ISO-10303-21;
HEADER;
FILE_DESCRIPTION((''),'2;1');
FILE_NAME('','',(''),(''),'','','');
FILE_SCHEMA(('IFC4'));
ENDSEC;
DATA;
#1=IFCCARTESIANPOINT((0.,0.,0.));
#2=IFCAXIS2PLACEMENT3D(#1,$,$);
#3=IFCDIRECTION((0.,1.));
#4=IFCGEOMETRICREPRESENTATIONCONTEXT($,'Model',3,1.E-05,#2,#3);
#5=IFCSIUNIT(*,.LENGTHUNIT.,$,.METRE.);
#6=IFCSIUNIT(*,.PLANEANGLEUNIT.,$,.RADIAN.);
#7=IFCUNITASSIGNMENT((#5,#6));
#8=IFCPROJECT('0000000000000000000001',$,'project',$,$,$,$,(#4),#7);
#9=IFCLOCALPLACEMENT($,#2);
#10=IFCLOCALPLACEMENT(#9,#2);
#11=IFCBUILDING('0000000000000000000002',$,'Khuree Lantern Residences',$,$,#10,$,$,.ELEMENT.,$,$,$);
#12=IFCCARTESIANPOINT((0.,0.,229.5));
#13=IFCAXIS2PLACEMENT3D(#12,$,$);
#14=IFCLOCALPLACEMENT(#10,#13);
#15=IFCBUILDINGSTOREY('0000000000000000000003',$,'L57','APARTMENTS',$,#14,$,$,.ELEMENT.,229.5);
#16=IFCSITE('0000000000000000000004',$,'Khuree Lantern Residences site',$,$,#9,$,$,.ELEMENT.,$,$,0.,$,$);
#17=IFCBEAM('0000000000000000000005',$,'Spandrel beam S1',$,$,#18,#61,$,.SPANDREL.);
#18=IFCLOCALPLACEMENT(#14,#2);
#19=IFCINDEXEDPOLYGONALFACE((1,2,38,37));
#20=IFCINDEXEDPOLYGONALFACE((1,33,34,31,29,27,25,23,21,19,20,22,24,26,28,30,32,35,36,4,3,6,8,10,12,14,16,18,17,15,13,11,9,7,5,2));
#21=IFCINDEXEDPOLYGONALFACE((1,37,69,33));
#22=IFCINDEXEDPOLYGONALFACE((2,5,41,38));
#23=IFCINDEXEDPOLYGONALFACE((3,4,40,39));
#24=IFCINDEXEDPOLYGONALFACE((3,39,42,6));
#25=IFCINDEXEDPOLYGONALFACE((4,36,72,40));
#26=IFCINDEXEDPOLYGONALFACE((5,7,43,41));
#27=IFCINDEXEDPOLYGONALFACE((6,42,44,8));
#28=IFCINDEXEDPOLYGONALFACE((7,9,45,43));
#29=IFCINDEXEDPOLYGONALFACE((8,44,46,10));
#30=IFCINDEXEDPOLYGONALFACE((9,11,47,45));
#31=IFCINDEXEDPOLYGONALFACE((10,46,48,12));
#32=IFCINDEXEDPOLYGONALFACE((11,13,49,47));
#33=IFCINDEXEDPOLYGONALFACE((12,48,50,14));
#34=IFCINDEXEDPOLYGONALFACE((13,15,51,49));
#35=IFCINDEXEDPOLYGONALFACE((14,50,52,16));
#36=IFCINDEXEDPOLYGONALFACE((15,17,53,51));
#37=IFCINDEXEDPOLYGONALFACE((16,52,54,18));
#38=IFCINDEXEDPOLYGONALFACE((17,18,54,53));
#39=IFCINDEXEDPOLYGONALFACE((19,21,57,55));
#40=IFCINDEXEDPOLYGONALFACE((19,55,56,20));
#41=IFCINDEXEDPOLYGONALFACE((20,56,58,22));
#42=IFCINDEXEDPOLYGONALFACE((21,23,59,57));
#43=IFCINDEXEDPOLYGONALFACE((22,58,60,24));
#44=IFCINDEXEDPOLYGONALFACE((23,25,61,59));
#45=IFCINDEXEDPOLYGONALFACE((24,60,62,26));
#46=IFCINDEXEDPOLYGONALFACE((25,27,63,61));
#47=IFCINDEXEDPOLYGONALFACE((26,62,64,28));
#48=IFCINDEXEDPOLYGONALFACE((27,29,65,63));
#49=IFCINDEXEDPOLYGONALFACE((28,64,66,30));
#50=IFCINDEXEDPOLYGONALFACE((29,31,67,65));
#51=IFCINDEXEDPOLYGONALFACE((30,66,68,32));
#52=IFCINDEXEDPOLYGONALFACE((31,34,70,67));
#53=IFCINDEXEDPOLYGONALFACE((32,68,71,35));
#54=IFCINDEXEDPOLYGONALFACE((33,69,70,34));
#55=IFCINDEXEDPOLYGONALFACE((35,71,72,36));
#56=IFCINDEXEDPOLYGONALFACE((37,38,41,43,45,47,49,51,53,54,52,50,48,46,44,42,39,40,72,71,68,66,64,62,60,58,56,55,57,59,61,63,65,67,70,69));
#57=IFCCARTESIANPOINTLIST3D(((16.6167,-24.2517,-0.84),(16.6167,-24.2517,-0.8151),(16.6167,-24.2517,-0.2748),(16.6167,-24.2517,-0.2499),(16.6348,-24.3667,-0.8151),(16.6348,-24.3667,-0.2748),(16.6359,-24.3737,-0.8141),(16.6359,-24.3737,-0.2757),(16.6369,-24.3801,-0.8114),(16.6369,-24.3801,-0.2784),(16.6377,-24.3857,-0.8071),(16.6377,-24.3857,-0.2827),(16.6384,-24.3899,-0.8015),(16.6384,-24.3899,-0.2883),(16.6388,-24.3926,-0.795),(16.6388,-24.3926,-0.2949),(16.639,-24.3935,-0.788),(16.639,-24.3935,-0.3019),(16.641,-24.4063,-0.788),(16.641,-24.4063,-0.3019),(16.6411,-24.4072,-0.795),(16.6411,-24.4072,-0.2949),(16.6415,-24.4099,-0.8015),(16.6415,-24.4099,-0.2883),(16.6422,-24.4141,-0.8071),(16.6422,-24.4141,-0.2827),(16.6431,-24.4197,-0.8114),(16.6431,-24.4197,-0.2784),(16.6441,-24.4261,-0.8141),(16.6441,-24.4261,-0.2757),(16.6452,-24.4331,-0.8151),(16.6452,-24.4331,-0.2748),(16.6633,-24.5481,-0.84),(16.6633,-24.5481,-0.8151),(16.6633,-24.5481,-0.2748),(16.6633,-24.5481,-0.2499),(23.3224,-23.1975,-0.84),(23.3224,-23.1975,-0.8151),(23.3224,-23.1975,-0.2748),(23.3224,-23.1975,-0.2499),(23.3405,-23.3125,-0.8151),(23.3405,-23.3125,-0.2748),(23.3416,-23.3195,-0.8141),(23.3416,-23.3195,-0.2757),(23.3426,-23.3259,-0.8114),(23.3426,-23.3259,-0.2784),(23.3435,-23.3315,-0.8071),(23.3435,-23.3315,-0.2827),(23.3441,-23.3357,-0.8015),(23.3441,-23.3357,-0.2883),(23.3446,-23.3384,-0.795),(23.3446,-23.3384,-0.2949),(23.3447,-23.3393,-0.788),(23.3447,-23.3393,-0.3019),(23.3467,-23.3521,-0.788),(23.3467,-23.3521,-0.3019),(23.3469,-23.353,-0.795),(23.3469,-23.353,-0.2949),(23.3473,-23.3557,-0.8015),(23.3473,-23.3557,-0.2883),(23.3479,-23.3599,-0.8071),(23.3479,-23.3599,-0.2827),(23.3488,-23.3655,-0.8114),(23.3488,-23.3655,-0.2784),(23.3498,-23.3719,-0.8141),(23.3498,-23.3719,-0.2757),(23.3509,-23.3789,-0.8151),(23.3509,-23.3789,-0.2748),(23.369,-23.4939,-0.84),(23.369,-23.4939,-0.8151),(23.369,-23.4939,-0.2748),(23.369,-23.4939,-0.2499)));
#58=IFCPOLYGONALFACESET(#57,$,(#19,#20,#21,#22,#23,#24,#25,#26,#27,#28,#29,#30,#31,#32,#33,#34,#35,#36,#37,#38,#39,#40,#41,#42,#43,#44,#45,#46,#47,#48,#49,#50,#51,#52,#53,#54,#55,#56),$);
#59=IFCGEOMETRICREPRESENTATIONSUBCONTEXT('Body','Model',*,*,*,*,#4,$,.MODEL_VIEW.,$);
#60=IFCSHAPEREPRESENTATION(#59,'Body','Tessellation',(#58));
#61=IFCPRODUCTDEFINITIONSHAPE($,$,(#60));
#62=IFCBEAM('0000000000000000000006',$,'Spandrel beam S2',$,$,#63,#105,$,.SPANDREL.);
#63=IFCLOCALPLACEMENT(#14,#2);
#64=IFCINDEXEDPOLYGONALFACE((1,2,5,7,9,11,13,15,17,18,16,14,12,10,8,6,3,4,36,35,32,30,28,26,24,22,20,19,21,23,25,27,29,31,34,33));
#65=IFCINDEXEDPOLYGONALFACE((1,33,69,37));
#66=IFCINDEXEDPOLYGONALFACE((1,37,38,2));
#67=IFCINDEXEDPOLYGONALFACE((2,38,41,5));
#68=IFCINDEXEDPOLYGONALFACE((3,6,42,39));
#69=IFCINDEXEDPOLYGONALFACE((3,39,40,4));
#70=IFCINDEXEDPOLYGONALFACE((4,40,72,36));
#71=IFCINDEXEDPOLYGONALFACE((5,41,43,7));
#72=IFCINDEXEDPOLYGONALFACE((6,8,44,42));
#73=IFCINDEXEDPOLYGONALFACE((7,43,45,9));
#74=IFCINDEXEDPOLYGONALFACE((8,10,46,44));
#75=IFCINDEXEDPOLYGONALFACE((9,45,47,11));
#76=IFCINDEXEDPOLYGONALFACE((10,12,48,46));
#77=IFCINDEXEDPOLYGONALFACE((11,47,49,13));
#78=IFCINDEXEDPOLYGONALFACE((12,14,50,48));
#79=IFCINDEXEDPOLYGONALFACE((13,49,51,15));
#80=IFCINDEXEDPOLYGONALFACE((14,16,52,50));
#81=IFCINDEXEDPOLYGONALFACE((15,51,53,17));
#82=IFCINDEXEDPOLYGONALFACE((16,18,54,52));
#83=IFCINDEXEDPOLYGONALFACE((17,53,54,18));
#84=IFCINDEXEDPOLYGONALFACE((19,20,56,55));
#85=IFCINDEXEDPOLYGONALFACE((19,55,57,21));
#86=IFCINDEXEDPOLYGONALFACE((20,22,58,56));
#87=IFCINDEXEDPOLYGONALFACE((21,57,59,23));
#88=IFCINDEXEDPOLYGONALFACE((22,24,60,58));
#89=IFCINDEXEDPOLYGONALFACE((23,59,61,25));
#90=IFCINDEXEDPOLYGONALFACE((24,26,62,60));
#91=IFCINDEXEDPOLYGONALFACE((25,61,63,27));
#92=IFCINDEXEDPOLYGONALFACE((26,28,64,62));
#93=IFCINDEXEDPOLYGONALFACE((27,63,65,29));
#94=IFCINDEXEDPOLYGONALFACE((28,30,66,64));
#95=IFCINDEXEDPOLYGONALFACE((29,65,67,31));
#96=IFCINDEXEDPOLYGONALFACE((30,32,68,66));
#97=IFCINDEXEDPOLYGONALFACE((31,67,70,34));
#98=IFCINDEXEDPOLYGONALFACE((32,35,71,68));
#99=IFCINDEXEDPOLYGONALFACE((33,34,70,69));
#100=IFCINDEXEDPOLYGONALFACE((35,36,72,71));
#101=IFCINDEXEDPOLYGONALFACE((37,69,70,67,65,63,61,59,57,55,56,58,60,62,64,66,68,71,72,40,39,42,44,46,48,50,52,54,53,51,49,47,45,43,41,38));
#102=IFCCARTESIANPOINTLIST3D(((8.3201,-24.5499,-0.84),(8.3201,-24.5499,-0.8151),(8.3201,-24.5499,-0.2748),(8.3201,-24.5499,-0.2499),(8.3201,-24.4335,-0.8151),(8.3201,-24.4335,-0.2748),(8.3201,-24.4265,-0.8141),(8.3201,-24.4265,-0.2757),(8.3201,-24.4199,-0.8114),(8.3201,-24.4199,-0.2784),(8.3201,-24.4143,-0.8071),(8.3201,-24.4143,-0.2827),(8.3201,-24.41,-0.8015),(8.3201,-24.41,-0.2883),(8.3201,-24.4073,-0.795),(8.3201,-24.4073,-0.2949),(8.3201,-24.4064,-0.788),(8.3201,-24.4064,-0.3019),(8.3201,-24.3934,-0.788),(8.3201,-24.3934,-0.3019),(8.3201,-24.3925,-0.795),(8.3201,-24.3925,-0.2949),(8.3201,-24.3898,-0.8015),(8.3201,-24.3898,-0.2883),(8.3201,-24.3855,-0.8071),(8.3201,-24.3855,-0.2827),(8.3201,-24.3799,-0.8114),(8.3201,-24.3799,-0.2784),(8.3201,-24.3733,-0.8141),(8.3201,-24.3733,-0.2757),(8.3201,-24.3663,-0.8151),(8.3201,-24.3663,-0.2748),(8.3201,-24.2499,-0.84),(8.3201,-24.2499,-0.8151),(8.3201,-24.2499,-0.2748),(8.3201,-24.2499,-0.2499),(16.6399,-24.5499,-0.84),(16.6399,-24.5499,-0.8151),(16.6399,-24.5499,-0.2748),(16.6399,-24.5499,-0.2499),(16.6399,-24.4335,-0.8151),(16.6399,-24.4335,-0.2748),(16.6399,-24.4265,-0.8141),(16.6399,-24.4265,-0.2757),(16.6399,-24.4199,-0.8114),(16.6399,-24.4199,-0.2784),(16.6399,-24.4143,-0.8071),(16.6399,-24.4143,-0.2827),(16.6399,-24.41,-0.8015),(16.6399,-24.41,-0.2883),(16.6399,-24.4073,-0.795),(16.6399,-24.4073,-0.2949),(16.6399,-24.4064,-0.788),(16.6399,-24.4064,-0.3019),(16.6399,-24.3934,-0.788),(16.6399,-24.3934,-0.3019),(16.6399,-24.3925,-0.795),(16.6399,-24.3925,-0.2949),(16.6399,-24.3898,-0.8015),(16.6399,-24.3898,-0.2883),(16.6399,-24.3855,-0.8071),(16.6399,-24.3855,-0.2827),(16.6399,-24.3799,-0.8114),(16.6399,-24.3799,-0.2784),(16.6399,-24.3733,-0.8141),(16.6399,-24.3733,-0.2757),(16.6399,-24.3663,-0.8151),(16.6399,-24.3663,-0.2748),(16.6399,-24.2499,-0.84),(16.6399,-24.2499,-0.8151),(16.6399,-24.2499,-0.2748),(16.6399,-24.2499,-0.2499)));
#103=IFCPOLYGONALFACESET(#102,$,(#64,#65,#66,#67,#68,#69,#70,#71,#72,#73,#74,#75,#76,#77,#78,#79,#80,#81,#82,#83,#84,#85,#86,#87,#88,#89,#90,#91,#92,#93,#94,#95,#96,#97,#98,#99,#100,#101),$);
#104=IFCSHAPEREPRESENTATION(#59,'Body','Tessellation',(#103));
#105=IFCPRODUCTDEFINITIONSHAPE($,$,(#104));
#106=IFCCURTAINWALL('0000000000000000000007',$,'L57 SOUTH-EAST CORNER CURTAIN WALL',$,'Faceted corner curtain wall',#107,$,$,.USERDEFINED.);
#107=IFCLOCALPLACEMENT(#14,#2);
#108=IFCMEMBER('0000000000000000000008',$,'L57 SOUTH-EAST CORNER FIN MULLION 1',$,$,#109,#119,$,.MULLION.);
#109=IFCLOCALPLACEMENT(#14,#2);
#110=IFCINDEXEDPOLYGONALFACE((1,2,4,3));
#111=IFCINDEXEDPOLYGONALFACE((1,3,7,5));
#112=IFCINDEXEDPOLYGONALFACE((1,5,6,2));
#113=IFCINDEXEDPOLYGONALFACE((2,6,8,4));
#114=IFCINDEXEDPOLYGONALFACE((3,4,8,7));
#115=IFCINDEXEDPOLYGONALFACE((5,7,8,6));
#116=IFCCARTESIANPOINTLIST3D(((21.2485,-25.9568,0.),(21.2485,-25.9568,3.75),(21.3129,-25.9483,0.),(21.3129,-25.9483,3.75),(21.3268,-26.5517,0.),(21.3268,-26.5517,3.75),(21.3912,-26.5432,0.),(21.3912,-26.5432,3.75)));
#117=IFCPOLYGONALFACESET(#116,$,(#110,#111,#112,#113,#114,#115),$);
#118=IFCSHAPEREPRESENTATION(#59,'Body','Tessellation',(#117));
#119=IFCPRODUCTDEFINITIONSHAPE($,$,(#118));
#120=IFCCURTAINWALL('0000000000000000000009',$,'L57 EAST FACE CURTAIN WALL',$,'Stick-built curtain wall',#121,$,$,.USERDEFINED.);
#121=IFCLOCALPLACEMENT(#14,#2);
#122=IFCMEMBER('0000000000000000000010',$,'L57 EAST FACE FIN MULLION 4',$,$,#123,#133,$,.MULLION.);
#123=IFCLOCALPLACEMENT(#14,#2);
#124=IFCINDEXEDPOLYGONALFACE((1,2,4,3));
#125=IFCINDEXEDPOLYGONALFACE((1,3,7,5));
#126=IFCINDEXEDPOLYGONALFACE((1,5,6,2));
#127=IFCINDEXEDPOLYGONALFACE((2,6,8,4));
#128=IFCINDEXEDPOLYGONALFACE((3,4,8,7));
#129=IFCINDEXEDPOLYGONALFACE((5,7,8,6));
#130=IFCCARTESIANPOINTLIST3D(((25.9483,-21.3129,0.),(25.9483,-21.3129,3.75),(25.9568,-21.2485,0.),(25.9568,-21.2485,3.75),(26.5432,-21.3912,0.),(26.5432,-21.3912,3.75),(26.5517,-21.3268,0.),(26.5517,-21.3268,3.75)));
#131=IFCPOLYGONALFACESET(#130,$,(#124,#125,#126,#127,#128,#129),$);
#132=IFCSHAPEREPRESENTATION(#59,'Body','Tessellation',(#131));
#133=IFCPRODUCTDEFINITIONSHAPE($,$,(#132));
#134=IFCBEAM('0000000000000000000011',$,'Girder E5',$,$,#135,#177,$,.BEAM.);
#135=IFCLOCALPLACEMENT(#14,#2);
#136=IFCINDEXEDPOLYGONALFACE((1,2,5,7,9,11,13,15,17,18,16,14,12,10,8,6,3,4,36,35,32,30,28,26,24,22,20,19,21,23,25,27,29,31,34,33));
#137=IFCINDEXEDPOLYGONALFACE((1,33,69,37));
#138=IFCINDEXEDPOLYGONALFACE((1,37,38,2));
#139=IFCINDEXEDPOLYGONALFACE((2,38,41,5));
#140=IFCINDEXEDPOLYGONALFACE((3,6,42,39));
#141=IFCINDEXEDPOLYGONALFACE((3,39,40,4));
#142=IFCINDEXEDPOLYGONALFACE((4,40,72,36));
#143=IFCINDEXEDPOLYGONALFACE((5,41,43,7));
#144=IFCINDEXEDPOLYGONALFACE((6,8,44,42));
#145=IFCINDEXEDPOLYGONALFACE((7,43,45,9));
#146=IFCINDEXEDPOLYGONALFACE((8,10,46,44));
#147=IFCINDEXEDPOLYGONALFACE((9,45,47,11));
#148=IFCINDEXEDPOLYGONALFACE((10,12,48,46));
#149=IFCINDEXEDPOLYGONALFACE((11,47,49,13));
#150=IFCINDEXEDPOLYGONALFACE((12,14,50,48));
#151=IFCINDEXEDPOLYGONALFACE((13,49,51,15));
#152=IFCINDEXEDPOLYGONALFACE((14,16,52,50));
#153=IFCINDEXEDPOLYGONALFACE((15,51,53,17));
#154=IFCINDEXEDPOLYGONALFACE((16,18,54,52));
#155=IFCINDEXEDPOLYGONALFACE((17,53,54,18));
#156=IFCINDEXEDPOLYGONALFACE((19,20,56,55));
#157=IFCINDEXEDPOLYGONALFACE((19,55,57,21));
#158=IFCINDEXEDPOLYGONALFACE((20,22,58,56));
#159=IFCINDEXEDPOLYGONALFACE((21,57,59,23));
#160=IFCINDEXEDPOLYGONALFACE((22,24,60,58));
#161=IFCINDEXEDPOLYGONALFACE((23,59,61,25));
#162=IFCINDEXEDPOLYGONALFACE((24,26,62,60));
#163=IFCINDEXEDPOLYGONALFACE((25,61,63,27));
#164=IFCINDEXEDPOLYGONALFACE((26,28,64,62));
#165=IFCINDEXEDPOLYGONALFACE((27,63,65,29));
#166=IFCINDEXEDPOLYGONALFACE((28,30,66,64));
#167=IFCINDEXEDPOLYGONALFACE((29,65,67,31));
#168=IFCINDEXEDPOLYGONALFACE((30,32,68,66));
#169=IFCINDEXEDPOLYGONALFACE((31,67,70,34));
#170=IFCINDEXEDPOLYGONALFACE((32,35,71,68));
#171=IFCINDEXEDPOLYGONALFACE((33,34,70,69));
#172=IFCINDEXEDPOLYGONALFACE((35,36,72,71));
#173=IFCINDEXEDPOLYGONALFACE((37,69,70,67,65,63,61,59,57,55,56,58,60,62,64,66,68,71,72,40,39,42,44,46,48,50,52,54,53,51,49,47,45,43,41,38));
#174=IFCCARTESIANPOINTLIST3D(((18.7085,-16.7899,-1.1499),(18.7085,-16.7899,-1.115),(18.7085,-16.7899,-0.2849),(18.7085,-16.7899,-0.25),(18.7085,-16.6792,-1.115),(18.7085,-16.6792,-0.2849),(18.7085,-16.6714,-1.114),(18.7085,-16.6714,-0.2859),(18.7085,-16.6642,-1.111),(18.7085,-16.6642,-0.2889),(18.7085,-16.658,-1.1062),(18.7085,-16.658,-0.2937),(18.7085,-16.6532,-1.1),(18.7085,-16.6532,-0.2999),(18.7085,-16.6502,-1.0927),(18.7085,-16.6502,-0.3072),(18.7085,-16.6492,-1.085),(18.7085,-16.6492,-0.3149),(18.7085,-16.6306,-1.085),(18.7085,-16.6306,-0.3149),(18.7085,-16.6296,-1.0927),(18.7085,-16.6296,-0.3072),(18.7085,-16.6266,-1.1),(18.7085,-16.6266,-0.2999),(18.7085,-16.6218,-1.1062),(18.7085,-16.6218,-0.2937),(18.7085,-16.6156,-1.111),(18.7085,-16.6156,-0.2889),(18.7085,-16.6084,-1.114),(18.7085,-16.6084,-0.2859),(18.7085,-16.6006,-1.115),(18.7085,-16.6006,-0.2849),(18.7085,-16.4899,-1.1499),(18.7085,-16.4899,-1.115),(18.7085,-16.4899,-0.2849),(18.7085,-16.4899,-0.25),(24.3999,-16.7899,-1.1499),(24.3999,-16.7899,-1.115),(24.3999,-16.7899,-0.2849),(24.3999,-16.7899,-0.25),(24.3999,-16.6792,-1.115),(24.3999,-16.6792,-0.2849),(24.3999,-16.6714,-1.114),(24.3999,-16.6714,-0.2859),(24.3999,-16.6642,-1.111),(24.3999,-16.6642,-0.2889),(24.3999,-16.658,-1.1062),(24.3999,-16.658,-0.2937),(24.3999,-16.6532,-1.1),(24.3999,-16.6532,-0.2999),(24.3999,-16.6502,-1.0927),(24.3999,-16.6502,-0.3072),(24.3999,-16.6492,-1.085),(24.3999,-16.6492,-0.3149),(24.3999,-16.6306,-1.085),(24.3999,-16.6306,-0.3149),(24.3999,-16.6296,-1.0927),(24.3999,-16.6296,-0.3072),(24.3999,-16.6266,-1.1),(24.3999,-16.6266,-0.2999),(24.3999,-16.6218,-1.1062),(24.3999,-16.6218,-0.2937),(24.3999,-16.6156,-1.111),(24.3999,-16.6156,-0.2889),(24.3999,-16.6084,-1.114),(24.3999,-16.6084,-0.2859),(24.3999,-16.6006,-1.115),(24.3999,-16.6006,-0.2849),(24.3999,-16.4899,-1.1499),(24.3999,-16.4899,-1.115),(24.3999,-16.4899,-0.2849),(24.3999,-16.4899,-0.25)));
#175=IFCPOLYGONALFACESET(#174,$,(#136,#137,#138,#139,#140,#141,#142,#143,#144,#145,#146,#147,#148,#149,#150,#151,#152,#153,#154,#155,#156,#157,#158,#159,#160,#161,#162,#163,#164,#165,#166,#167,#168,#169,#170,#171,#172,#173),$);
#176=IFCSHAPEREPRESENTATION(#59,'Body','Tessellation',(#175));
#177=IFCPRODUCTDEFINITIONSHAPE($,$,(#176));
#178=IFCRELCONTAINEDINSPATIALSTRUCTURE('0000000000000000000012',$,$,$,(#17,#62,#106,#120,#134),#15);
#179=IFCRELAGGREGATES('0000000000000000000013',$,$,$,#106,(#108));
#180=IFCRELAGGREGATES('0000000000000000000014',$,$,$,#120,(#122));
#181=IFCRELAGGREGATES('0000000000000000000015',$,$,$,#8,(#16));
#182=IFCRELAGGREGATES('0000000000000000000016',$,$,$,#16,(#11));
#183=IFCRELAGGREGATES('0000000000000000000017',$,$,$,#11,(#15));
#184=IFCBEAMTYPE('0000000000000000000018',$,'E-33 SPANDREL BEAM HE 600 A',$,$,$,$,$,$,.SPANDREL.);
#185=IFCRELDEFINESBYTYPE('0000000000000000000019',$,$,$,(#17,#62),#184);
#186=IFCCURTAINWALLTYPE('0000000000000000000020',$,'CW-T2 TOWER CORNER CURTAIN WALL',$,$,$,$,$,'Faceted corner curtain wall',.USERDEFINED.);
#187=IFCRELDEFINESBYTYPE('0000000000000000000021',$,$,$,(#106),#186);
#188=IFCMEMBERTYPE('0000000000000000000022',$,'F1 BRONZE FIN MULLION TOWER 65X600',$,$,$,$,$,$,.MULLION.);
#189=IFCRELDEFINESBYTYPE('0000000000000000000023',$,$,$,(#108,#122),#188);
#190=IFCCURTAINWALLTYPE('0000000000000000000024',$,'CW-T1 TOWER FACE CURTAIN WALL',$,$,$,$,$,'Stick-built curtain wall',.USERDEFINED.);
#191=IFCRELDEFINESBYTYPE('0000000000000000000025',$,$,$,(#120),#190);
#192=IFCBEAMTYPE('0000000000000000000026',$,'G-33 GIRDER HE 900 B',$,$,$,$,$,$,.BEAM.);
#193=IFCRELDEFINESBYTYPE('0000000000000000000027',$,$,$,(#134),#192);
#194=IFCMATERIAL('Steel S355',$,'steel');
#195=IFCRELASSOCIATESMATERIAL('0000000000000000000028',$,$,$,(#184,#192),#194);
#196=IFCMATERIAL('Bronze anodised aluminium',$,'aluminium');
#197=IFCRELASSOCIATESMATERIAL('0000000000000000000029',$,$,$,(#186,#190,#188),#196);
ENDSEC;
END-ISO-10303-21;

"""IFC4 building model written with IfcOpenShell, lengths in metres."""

from ifc_helpers import new_model, si_unit, direction, frame, origin, origin_2d, place, context, subcontext, project, spatial, rectangle, i_section, extrude, material, material_profile, profile_set, type_object, element, aggregate, save


model = new_model("IFC4")

# Units and contexts
model_context = context("Model", 3, precision=1e-05, world=origin(), true_north=direction((0.0, 1.0)))
body_context = subcontext(model_context, "Body", "Model", "MODEL_VIEW")
ifc_project = project(units=[si_unit("LENGTHUNIT", "METRE"), si_unit("PLANEANGLEUNIT", "RADIAN")], contexts=[model_context])

# Site, building, storey
site_placement = place(None, origin())
site = spatial("IfcSite", under=ifc_project, at=site_placement, Name="Khuree Lantern Residences site", CompositionType="ELEMENT", RefElevation=0.0)
building_placement = place(site_placement, origin())
building = spatial("IfcBuilding", under=site, at=building_placement, Name="Khuree Lantern Residences", CompositionType="ELEMENT")
storey_placement = place(building_placement, frame((0.0, 0.0, 229.5)))
storey = spatial("IfcBuildingStorey", under=building, at=storey_placement, Name="L57", Description="APARTMENTS", CompositionType="ELEMENT", Elevation=229.5)

# Beams
ifc_material_1 = material(Name="Steel S355", Category="steel")
ifc_material_profile_1 = material_profile(ifc_material_1, i_section(OverallWidth=0.3, OverallDepth=0.5901, WebThickness=0.0129, FlangeThickness=0.0249, FilletRadius=0.0271, at=origin_2d()), Name="HE 600 A")
ifc_profile_set_1 = profile_set([ifc_material_profile_1], Name="Steel S355")
beam_type_1 = type_object("IfcBeamType", Name="E-33 SPANDREL BEAM HE 600 A", PredefinedType="SPANDREL", material=ifc_profile_set_1)
for number, where, z_axis, x_axis, name in (
    (1, (23.3457, -23.3457, -0.5449), (-0.987867, -0.1553, 0.0), (0.1553, -0.987867, 0.0), "Spandrel beam S1"),
):
    element("IfcBeam", number, at=place(storey_placement, frame(where, z_axis=z_axis, x_axis=x_axis)), inside=storey, type_object=beam_type_1, Name=name, PredefinedType="SPANDREL", context=body_context, shape_type="SweptSolid", body=[
        extrude(i_section(OverallWidth=0.3, OverallDepth=0.5901, WebThickness=0.0129, FlangeThickness=0.0249, FilletRadius=0.0271, at=origin_2d()), origin(), (0.0, 0.0, 1.0), 6.7881),
    ])
beam_1_placement = place(storey_placement, frame((16.6399, -24.3999, -0.5449), z_axis=(-1.0, 0.0, 0.0), x_axis=(0.0, -1.0, 0.0)))
element("IfcBeam", 2, at=beam_1_placement, inside=storey, type_object=beam_type_1, Name="Spandrel beam S2", PredefinedType="SPANDREL", context=body_context, shape_type="SweptSolid", body=[
    extrude(i_section(OverallWidth=0.3, OverallDepth=0.5901, WebThickness=0.0129, FlangeThickness=0.0249, FilletRadius=0.0271, at=origin_2d()), origin(), (0.0, 0.0, 1.0), 8.3198),
])

# Curtain walls, members
ifc_material_2 = material(Name="Bronze anodised aluminium", Category="aluminium")
curtain_wall_type_1 = type_object("IfcCurtainWallType", Name="CW-T2 TOWER CORNER CURTAIN WALL", ElementType="Faceted corner curtain wall", PredefinedType="USERDEFINED", material=ifc_material_2)
curtain_wall_1_placement = place(storey_placement, origin())
curtain_wall_1 = element("IfcCurtainWall", 3, at=curtain_wall_1_placement, inside=storey, type_object=curtain_wall_type_1, Name="L57 SOUTH-EAST CORNER CURTAIN WALL", ObjectType="Faceted corner curtain wall", PredefinedType="USERDEFINED")
ifc_material_profile_2 = material_profile(ifc_material_2, rectangle(XDim=0.0649, YDim=0.6001, at=origin_2d()), Name="F1 65X600")
ifc_profile_set_2 = profile_set([ifc_material_profile_2], Name="Bronze anodised aluminium")
member_type_1 = type_object("IfcMemberType", Name="F1 BRONZE FIN MULLION TOWER 65X600", PredefinedType="MULLION", material=ifc_profile_set_2)
member_1_placement = place(storey_placement, frame((21.3198, -26.25, 0.0), z_axis=(0.0, 0.0, 1.0), x_axis=(0.991445, 0.130526, 0.0)))
member_1 = element("IfcMember", 4, at=member_1_placement, type_object=member_type_1, Name="L57 SOUTH-EAST CORNER FIN MULLION 1", PredefinedType="MULLION", context=body_context, shape_type="SweptSolid", body=[
    extrude(rectangle(XDim=0.0649, YDim=0.6001, at=origin_2d()), origin(), (0.0, 0.0, 1.0), 3.75),
])
curtain_wall_type_2 = type_object("IfcCurtainWallType", Name="CW-T1 TOWER FACE CURTAIN WALL", ElementType="Stick-built curtain wall", PredefinedType="USERDEFINED", material=ifc_material_2)
curtain_wall_2_placement = place(storey_placement, origin())
curtain_wall_2 = element("IfcCurtainWall", 5, at=curtain_wall_2_placement, inside=storey, type_object=curtain_wall_type_2, Name="L57 EAST FACE CURTAIN WALL", ObjectType="Stick-built curtain wall", PredefinedType="USERDEFINED")
member_2_placement = place(storey_placement, frame((26.25, -21.3198, 0.0), z_axis=(0.0, 0.0, 1.0), x_axis=(0.130526, 0.991445, 0.0)))
member_2 = element("IfcMember", 6, at=member_2_placement, type_object=member_type_1, Name="L57 EAST FACE FIN MULLION 4", PredefinedType="MULLION", context=body_context, shape_type="SweptSolid", body=[
    extrude(rectangle(XDim=0.0649, YDim=0.6001, at=origin_2d()), origin(), (0.0, 0.0, 1.0), 3.75),
])

# Beam
ifc_material_profile_3 = material_profile(ifc_material_1, i_section(OverallWidth=0.3, OverallDepth=0.8999, WebThickness=0.0186, FlangeThickness=0.0349, FilletRadius=0.03, at=origin_2d()), Name="HE 900 B")
ifc_profile_set_3 = profile_set([ifc_material_profile_3], Name="Steel S355")
beam_type_2 = type_object("IfcBeamType", Name="G-33 GIRDER HE 900 B", PredefinedType="BEAM", material=ifc_profile_set_3)
beam_2_placement = place(storey_placement, frame((24.3999, -16.6399, -0.7), z_axis=(-1.0, 0.0, 0.0), x_axis=(0.0, -1.0, 0.0)))
element("IfcBeam", 7, at=beam_2_placement, inside=storey, type_object=beam_type_2, Name="Girder E5", PredefinedType="BEAM", context=body_context, shape_type="SweptSolid", body=[
    extrude(i_section(OverallWidth=0.3, OverallDepth=0.8999, WebThickness=0.0186, FlangeThickness=0.0349, FilletRadius=0.03, at=origin_2d()), origin(), (0.0, 0.0, 1.0), 5.6914),
])

aggregate(curtain_wall_1, [member_1])
aggregate(curtain_wall_2, [member_2])

save(model, "model.ifc")
